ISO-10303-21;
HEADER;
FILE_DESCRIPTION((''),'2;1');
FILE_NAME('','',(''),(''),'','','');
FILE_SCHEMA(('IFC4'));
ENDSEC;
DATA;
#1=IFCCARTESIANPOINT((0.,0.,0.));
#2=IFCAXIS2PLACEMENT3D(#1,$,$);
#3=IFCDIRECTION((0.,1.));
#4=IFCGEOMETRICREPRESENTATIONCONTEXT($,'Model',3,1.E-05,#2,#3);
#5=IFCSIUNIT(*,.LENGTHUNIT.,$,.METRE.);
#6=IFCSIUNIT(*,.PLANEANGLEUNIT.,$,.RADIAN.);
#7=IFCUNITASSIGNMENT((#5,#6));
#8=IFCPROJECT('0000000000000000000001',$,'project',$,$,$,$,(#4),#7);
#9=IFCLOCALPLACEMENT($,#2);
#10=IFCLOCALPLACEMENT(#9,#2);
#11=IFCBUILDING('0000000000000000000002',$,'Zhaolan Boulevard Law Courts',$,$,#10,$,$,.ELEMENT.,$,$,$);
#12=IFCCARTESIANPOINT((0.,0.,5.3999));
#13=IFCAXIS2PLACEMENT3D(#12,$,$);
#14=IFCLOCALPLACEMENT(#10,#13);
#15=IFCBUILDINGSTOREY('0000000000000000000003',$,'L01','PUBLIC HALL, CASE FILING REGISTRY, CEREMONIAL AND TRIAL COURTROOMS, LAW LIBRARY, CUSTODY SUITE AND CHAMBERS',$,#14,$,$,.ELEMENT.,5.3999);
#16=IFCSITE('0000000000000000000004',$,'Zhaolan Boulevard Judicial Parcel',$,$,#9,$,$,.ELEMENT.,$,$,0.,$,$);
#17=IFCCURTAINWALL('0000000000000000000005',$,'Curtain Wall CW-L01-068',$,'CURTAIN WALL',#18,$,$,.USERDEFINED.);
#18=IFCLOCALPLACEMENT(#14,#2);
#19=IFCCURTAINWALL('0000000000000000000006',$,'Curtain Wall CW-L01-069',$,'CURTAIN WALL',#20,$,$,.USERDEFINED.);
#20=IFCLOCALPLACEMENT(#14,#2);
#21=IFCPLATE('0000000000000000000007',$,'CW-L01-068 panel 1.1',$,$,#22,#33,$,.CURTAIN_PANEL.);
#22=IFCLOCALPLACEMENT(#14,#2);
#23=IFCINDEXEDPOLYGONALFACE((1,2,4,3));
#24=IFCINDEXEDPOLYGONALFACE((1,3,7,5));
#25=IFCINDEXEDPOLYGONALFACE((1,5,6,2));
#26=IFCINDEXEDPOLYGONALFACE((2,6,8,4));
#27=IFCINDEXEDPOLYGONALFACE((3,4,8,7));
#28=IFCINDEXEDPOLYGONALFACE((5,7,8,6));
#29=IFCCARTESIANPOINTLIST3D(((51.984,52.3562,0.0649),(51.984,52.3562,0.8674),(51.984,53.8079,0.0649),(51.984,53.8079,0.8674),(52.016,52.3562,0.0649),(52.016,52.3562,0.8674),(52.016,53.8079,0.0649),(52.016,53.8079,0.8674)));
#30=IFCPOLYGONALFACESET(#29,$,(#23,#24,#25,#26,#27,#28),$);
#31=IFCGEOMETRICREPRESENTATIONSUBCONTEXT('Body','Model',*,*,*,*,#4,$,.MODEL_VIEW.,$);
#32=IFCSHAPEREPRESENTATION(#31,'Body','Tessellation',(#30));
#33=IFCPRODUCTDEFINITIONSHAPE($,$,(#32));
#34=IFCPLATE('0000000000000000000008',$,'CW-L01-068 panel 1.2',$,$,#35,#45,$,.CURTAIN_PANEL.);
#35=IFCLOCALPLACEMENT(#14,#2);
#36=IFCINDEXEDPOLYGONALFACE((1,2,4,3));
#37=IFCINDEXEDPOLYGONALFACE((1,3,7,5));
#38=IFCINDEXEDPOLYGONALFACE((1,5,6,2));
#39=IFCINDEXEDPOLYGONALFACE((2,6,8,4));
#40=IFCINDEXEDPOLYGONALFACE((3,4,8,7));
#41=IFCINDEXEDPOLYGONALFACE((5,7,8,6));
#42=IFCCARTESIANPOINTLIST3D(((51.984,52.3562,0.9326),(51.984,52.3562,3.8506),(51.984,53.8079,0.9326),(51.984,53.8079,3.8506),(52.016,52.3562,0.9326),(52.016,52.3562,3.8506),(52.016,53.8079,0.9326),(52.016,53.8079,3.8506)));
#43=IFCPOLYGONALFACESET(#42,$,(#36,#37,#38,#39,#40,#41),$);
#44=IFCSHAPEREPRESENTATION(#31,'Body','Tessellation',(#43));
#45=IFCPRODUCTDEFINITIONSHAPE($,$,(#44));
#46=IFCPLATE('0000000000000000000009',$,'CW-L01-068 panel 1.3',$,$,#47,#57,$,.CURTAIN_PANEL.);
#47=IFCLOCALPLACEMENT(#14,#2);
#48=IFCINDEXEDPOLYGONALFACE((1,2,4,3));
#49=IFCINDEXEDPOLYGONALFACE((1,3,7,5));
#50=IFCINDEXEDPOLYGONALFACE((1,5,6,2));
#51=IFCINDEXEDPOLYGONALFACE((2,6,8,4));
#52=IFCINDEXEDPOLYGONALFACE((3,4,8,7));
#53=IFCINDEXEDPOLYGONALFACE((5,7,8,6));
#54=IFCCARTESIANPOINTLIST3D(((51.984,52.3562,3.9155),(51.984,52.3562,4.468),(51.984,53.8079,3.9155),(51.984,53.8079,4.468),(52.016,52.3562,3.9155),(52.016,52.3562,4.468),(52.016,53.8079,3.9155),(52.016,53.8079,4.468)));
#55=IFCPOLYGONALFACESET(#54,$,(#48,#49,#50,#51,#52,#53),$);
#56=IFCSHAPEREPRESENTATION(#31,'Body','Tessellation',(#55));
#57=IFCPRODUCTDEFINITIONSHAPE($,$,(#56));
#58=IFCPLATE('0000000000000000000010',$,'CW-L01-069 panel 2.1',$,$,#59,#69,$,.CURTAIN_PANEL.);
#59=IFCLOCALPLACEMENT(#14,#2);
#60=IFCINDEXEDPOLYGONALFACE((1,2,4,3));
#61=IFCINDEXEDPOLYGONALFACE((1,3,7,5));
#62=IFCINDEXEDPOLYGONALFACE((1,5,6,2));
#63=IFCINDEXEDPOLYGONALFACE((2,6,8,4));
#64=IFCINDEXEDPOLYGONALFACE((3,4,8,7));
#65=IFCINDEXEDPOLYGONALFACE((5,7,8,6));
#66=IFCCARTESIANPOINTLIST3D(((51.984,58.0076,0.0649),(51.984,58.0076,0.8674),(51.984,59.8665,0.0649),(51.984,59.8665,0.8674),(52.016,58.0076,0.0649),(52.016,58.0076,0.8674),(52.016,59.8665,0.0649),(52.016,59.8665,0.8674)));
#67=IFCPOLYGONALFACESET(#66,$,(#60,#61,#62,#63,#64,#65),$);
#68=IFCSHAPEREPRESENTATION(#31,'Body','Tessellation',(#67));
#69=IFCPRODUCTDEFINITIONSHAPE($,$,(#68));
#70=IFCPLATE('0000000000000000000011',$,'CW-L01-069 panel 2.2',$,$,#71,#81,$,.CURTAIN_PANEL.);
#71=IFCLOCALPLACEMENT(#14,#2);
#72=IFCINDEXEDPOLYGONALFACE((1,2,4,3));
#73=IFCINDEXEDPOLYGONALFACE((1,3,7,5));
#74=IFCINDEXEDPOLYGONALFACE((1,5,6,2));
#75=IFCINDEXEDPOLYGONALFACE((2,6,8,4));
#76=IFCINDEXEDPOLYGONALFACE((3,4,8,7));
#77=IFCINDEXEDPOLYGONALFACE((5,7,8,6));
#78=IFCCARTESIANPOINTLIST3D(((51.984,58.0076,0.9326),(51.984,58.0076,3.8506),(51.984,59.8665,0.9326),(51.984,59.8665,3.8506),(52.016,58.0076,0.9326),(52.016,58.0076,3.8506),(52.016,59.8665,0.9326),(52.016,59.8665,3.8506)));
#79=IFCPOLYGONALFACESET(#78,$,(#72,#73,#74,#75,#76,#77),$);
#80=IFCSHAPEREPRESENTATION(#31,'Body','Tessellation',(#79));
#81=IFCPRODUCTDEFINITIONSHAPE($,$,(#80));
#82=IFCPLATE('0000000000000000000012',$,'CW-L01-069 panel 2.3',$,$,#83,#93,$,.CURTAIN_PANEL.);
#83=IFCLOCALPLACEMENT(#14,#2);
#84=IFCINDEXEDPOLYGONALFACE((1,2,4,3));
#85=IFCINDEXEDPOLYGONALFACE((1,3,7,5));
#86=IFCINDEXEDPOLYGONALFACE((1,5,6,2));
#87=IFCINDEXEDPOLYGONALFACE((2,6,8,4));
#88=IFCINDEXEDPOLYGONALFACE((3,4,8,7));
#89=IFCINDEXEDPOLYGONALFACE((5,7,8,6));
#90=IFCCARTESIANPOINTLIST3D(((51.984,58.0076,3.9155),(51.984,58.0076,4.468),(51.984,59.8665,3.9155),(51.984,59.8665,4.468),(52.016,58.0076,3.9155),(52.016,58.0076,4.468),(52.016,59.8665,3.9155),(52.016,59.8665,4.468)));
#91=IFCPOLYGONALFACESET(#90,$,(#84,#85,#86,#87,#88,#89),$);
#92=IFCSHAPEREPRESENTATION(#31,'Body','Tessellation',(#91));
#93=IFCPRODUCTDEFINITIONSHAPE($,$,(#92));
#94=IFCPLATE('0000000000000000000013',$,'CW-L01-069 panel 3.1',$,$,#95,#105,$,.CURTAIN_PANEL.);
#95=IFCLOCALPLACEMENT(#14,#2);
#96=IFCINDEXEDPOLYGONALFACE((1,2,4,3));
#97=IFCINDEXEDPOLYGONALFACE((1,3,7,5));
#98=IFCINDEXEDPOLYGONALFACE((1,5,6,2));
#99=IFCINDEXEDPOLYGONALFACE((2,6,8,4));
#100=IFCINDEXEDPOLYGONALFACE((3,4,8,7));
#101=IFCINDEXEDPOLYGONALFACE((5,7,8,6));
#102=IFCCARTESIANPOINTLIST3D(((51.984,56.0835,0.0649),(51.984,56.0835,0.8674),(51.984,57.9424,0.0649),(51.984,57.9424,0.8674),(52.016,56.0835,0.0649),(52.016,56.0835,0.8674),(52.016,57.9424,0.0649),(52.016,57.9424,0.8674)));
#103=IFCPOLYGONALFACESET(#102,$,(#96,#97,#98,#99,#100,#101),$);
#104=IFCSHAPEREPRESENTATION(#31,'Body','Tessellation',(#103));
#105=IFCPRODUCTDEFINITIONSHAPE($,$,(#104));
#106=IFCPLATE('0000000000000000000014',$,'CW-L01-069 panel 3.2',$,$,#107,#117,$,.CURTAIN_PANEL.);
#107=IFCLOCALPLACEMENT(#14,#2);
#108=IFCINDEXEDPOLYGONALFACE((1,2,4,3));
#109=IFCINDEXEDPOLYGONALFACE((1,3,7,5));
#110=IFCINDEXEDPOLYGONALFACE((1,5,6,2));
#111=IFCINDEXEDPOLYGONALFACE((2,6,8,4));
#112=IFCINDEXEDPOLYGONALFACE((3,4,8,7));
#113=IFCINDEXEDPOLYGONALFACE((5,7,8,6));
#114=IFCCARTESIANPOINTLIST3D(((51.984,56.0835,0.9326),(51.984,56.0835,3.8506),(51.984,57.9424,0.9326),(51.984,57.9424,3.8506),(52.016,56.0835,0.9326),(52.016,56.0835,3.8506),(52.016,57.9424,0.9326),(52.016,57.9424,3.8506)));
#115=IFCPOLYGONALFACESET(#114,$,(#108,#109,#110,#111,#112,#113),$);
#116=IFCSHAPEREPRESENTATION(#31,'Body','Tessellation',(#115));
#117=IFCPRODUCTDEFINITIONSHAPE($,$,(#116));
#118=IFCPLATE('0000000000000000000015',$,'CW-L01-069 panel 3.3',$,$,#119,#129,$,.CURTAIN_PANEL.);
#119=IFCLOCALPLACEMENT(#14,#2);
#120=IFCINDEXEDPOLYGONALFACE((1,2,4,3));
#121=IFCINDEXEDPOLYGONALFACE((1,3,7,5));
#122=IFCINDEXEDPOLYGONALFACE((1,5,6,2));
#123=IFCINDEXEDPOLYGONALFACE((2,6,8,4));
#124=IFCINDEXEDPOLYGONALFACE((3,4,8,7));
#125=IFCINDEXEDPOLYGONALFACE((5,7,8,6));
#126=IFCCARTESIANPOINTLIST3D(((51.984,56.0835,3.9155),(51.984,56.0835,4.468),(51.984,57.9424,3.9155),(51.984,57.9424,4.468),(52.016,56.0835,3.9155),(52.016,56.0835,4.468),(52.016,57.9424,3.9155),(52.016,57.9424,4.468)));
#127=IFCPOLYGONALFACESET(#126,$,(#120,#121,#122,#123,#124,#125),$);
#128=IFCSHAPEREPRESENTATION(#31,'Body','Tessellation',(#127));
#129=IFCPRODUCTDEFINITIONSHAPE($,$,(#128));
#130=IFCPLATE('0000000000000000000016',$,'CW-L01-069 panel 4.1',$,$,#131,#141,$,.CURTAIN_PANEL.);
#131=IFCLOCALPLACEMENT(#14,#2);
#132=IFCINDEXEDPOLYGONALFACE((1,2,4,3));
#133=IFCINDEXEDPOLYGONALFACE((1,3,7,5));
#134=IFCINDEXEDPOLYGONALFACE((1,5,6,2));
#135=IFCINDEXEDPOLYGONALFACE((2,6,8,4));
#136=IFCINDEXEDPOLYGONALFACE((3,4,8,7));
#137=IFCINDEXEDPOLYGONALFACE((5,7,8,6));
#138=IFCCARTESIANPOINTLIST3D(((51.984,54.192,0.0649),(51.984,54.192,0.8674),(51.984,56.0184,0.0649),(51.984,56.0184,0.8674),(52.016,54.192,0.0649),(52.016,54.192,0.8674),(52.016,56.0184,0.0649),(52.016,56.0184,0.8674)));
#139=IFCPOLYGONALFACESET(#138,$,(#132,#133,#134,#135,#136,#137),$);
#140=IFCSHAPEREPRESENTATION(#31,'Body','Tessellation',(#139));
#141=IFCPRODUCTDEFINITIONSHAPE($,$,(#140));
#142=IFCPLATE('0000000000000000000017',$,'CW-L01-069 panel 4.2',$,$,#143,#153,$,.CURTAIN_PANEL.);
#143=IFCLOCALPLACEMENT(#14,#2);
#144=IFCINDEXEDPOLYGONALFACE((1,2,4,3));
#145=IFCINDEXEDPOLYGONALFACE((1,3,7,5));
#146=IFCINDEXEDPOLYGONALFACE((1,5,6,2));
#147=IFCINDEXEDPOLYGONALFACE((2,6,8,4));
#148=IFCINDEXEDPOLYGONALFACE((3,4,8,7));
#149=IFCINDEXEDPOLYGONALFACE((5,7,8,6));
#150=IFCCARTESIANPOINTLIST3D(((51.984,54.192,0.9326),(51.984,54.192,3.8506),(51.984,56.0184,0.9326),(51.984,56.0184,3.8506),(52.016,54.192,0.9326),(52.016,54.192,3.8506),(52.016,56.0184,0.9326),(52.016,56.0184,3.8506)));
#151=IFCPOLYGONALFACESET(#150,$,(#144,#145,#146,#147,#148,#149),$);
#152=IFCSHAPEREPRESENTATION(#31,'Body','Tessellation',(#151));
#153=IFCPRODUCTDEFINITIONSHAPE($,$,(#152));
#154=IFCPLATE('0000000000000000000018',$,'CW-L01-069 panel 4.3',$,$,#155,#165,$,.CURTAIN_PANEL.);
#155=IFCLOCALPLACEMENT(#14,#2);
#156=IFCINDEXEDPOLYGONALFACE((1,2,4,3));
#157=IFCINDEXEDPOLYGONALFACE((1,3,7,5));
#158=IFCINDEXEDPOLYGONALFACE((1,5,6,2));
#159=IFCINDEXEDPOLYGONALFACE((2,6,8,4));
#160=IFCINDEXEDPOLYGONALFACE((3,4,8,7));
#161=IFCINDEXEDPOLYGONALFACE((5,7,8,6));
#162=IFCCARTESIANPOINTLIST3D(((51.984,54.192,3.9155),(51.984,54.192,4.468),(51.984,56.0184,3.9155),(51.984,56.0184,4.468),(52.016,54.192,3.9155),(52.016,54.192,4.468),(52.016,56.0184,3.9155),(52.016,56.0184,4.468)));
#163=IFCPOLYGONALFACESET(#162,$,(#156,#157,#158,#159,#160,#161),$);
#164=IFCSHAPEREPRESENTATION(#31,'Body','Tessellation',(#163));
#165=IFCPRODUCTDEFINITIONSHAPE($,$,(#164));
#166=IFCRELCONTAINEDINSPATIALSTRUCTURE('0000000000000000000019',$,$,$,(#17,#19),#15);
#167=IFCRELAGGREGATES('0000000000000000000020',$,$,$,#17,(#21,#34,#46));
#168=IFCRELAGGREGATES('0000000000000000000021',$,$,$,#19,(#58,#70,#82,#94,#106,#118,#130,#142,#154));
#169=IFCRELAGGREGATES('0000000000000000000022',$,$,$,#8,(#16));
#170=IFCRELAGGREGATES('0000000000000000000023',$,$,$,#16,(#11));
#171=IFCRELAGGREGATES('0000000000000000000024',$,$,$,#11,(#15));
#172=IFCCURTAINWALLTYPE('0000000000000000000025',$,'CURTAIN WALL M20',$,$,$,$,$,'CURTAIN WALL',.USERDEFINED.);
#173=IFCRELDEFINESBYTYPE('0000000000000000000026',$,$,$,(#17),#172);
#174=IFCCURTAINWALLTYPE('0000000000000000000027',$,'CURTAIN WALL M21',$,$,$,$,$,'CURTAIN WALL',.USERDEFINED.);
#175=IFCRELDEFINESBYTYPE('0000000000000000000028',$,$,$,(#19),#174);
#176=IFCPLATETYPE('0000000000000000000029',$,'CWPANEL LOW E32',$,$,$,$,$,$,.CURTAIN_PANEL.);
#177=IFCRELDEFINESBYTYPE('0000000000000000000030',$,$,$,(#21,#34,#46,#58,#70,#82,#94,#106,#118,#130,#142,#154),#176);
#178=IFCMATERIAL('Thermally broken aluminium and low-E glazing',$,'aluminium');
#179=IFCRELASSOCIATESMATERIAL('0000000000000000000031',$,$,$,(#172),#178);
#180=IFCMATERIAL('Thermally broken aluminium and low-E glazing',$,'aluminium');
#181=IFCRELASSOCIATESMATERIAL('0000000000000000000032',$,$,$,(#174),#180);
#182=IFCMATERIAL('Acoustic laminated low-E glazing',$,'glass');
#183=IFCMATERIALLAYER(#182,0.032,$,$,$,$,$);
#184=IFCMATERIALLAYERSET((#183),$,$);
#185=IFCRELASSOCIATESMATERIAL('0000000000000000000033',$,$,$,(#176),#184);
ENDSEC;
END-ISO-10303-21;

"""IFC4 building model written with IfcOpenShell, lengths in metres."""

from ifc_helpers import new_model, si_unit, direction, frame, origin, origin_2d, place, context, subcontext, project, spatial, rectangle, extrude, material, layer, layer_set, type_object, element, aggregate, save


model = new_model("IFC4")

# Units and contexts
model_context = context("Model", 3, precision=1e-05, world=origin(), true_north=direction((0.0, 1.0)))
body_context = subcontext(model_context, "Body", "Model", "MODEL_VIEW")
ifc_project = project(units=[si_unit("LENGTHUNIT", "METRE"), si_unit("PLANEANGLEUNIT", "RADIAN")], contexts=[model_context])

# Site, building, storey
site_placement = place(None, origin())
site = spatial("IfcSite", under=ifc_project, at=site_placement, Name="Zhaolan Boulevard Judicial Parcel", CompositionType="ELEMENT", RefElevation=0.0)
building_placement = place(site_placement, origin())
building = spatial("IfcBuilding", under=site, at=building_placement, Name="Zhaolan Boulevard Law Courts", CompositionType="ELEMENT")
storey_placement = place(building_placement, frame((0.0, 0.0, 5.3999)))
storey = spatial("IfcBuildingStorey", under=building, at=storey_placement, Name="L01", Description="PUBLIC HALL, CASE FILING REGISTRY, CEREMONIAL AND TRIAL COURTROOMS, LAW LIBRARY, CUSTODY SUITE AND CHAMBERS", CompositionType="ELEMENT", Elevation=5.3999)

# Curtain wall
ifc_material_1 = material(Name="Thermally broken aluminium and low-E glazing", Category="aluminium")
curtain_wall_type_1 = type_object("IfcCurtainWallType", Name="CURTAIN WALL M20", ElementType="CURTAIN WALL", PredefinedType="USERDEFINED", material=ifc_material_1)
curtain_wall_1_placement = place(storey_placement, origin())
curtain_wall_1 = element("IfcCurtainWall", 1, at=curtain_wall_1_placement, inside=storey, type_object=curtain_wall_type_1, Name="Curtain Wall CW-L01-068", ObjectType="CURTAIN WALL", PredefinedType="USERDEFINED")

# Curtain wall
ifc_material_2 = material(Name="Thermally broken aluminium and low-E glazing", Category="aluminium")
curtain_wall_type_2 = type_object("IfcCurtainWallType", Name="CURTAIN WALL M21", ElementType="CURTAIN WALL", PredefinedType="USERDEFINED", material=ifc_material_2)
curtain_wall_2_placement = place(storey_placement, origin())
curtain_wall_2 = element("IfcCurtainWall", 2, at=curtain_wall_2_placement, inside=storey, type_object=curtain_wall_type_2, Name="Curtain Wall CW-L01-069", ObjectType="CURTAIN WALL", PredefinedType="USERDEFINED")

# Plates
ifc_material_3 = material(Name="Acoustic laminated low-E glazing", Category="glass")
ifc_layer = layer(ifc_material_3, 0.032)
ifc_layer_set = layer_set([ifc_layer])
plate_type = type_object("IfcPlateType", Name="CWPANEL LOW E32", PredefinedType="CURTAIN_PANEL", material=ifc_layer_set)
plate_1_placement = place(storey_placement, frame((52.0, 53.082, 0.0649), z_axis=(0.0, 0.0, 1.0), x_axis=(0.0, -1.0, 0.0)))
plate_1 = element("IfcPlate", 3, at=plate_1_placement, type_object=plate_type, Name="CW-L01-068 panel 1.1", PredefinedType="CURTAIN_PANEL", context=body_context, shape_type="SweptSolid", body=[
    extrude(rectangle(XDim=1.4517, YDim=0.032, at=origin_2d()), origin(), (0.0, 0.0, 1.0), 0.8025),
])
plate_2_placement = place(storey_placement, frame((52.0, 53.082, 0.9326), z_axis=(0.0, 0.0, 1.0), x_axis=(0.0, -1.0, 0.0)))
plate_2 = element("IfcPlate", 4, at=plate_2_placement, type_object=plate_type, Name="CW-L01-068 panel 1.2", PredefinedType="CURTAIN_PANEL", context=body_context, shape_type="SweptSolid", body=[
    extrude(rectangle(XDim=1.4517, YDim=0.032, at=origin_2d()), origin(), (0.0, 0.0, 1.0), 2.918),
])
plate_3_placement = place(storey_placement, frame((52.0, 53.082, 3.9155), z_axis=(0.0, 0.0, 1.0), x_axis=(0.0, -1.0, 0.0)))
plate_3 = element("IfcPlate", 5, at=plate_3_placement, type_object=plate_type, Name="CW-L01-068 panel 1.3", PredefinedType="CURTAIN_PANEL", context=body_context, shape_type="SweptSolid", body=[
    extrude(rectangle(XDim=1.4517, YDim=0.032, at=origin_2d()), origin(), (0.0, 0.0, 1.0), 0.5525),
])
aggregate(curtain_wall_1, [plate_1, plate_2, plate_3])
plate_4_placement = place(storey_placement, frame((52.0, 58.937, 0.0649), z_axis=(0.0, 0.0, 1.0), x_axis=(0.0, -1.0, 0.0)))
plate_4 = element("IfcPlate", 6, at=plate_4_placement, type_object=plate_type, Name="CW-L01-069 panel 2.1", PredefinedType="CURTAIN_PANEL", context=body_context, shape_type="SweptSolid", body=[
    extrude(rectangle(XDim=1.8589, YDim=0.032, at=origin_2d()), origin(), (0.0, 0.0, 1.0), 0.8025),
])
plate_5_placement = place(storey_placement, frame((52.0, 58.937, 0.9326), z_axis=(0.0, 0.0, 1.0), x_axis=(0.0, -1.0, 0.0)))
plate_5 = element("IfcPlate", 7, at=plate_5_placement, type_object=plate_type, Name="CW-L01-069 panel 2.2", PredefinedType="CURTAIN_PANEL", context=body_context, shape_type="SweptSolid", body=[
    extrude(rectangle(XDim=1.8589, YDim=0.032, at=origin_2d()), origin(), (0.0, 0.0, 1.0), 2.918),
])
plate_6_placement = place(storey_placement, frame((52.0, 58.937, 3.9155), z_axis=(0.0, 0.0, 1.0), x_axis=(0.0, -1.0, 0.0)))
plate_6 = element("IfcPlate", 8, at=plate_6_placement, type_object=plate_type, Name="CW-L01-069 panel 2.3", PredefinedType="CURTAIN_PANEL", context=body_context, shape_type="SweptSolid", body=[
    extrude(rectangle(XDim=1.8589, YDim=0.032, at=origin_2d()), origin(), (0.0, 0.0, 1.0), 0.5525),
])
plate_7_placement = place(storey_placement, frame((52.0, 57.0129, 0.0649), z_axis=(0.0, 0.0, 1.0), x_axis=(0.0, -1.0, 0.0)))
plate_7 = element("IfcPlate", 9, at=plate_7_placement, type_object=plate_type, Name="CW-L01-069 panel 3.1", PredefinedType="CURTAIN_PANEL", context=body_context, shape_type="SweptSolid", body=[
    extrude(rectangle(XDim=1.8589, YDim=0.032, at=origin_2d()), origin(), (0.0, 0.0, 1.0), 0.8025),
])
plate_8_placement = place(storey_placement, frame((52.0, 57.0129, 0.9326), z_axis=(0.0, 0.0, 1.0), x_axis=(0.0, -1.0, 0.0)))
plate_8 = element("IfcPlate", 10, at=plate_8_placement, type_object=plate_type, Name="CW-L01-069 panel 3.2", PredefinedType="CURTAIN_PANEL", context=body_context, shape_type="SweptSolid", body=[
    extrude(rectangle(XDim=1.8589, YDim=0.032, at=origin_2d()), origin(), (0.0, 0.0, 1.0), 2.918),
])
plate_9_placement = place(storey_placement, frame((52.0, 57.0129, 3.9155), z_axis=(0.0, 0.0, 1.0), x_axis=(0.0, -1.0, 0.0)))
plate_9 = element("IfcPlate", 11, at=plate_9_placement, type_object=plate_type, Name="CW-L01-069 panel 3.3", PredefinedType="CURTAIN_PANEL", context=body_context, shape_type="SweptSolid", body=[
    extrude(rectangle(XDim=1.8589, YDim=0.032, at=origin_2d()), origin(), (0.0, 0.0, 1.0), 0.5525),
])
plate_10_placement = place(storey_placement, frame((52.0, 55.1052, 0.0649), z_axis=(0.0, 0.0, 1.0), x_axis=(0.0, -1.0, 0.0)))
plate_10 = element("IfcPlate", 12, at=plate_10_placement, type_object=plate_type, Name="CW-L01-069 panel 4.1", PredefinedType="CURTAIN_PANEL", context=body_context, shape_type="SweptSolid", body=[
    extrude(rectangle(XDim=1.8264, YDim=0.032, at=origin_2d()), origin(), (0.0, 0.0, 1.0), 0.8025),
])
plate_11_placement = place(storey_placement, frame((52.0, 55.1052, 0.9326), z_axis=(0.0, 0.0, 1.0), x_axis=(0.0, -1.0, 0.0)))
plate_11 = element("IfcPlate", 13, at=plate_11_placement, type_object=plate_type, Name="CW-L01-069 panel 4.2", PredefinedType="CURTAIN_PANEL", context=body_context, shape_type="SweptSolid", body=[
    extrude(rectangle(XDim=1.8264, YDim=0.032, at=origin_2d()), origin(), (0.0, 0.0, 1.0), 2.918),
])
plate_12_placement = place(storey_placement, frame((52.0, 55.1052, 3.9155), z_axis=(0.0, 0.0, 1.0), x_axis=(0.0, -1.0, 0.0)))
plate_12 = element("IfcPlate", 14, at=plate_12_placement, type_object=plate_type, Name="CW-L01-069 panel 4.3", PredefinedType="CURTAIN_PANEL", context=body_context, shape_type="SweptSolid", body=[
    extrude(rectangle(XDim=1.8264, YDim=0.032, at=origin_2d()), origin(), (0.0, 0.0, 1.0), 0.5525),
])
aggregate(curtain_wall_2, [plate_4, plate_5, plate_6, plate_7, plate_8, plate_9, plate_10, plate_11, plate_12])

save(model, "model.ifc")
